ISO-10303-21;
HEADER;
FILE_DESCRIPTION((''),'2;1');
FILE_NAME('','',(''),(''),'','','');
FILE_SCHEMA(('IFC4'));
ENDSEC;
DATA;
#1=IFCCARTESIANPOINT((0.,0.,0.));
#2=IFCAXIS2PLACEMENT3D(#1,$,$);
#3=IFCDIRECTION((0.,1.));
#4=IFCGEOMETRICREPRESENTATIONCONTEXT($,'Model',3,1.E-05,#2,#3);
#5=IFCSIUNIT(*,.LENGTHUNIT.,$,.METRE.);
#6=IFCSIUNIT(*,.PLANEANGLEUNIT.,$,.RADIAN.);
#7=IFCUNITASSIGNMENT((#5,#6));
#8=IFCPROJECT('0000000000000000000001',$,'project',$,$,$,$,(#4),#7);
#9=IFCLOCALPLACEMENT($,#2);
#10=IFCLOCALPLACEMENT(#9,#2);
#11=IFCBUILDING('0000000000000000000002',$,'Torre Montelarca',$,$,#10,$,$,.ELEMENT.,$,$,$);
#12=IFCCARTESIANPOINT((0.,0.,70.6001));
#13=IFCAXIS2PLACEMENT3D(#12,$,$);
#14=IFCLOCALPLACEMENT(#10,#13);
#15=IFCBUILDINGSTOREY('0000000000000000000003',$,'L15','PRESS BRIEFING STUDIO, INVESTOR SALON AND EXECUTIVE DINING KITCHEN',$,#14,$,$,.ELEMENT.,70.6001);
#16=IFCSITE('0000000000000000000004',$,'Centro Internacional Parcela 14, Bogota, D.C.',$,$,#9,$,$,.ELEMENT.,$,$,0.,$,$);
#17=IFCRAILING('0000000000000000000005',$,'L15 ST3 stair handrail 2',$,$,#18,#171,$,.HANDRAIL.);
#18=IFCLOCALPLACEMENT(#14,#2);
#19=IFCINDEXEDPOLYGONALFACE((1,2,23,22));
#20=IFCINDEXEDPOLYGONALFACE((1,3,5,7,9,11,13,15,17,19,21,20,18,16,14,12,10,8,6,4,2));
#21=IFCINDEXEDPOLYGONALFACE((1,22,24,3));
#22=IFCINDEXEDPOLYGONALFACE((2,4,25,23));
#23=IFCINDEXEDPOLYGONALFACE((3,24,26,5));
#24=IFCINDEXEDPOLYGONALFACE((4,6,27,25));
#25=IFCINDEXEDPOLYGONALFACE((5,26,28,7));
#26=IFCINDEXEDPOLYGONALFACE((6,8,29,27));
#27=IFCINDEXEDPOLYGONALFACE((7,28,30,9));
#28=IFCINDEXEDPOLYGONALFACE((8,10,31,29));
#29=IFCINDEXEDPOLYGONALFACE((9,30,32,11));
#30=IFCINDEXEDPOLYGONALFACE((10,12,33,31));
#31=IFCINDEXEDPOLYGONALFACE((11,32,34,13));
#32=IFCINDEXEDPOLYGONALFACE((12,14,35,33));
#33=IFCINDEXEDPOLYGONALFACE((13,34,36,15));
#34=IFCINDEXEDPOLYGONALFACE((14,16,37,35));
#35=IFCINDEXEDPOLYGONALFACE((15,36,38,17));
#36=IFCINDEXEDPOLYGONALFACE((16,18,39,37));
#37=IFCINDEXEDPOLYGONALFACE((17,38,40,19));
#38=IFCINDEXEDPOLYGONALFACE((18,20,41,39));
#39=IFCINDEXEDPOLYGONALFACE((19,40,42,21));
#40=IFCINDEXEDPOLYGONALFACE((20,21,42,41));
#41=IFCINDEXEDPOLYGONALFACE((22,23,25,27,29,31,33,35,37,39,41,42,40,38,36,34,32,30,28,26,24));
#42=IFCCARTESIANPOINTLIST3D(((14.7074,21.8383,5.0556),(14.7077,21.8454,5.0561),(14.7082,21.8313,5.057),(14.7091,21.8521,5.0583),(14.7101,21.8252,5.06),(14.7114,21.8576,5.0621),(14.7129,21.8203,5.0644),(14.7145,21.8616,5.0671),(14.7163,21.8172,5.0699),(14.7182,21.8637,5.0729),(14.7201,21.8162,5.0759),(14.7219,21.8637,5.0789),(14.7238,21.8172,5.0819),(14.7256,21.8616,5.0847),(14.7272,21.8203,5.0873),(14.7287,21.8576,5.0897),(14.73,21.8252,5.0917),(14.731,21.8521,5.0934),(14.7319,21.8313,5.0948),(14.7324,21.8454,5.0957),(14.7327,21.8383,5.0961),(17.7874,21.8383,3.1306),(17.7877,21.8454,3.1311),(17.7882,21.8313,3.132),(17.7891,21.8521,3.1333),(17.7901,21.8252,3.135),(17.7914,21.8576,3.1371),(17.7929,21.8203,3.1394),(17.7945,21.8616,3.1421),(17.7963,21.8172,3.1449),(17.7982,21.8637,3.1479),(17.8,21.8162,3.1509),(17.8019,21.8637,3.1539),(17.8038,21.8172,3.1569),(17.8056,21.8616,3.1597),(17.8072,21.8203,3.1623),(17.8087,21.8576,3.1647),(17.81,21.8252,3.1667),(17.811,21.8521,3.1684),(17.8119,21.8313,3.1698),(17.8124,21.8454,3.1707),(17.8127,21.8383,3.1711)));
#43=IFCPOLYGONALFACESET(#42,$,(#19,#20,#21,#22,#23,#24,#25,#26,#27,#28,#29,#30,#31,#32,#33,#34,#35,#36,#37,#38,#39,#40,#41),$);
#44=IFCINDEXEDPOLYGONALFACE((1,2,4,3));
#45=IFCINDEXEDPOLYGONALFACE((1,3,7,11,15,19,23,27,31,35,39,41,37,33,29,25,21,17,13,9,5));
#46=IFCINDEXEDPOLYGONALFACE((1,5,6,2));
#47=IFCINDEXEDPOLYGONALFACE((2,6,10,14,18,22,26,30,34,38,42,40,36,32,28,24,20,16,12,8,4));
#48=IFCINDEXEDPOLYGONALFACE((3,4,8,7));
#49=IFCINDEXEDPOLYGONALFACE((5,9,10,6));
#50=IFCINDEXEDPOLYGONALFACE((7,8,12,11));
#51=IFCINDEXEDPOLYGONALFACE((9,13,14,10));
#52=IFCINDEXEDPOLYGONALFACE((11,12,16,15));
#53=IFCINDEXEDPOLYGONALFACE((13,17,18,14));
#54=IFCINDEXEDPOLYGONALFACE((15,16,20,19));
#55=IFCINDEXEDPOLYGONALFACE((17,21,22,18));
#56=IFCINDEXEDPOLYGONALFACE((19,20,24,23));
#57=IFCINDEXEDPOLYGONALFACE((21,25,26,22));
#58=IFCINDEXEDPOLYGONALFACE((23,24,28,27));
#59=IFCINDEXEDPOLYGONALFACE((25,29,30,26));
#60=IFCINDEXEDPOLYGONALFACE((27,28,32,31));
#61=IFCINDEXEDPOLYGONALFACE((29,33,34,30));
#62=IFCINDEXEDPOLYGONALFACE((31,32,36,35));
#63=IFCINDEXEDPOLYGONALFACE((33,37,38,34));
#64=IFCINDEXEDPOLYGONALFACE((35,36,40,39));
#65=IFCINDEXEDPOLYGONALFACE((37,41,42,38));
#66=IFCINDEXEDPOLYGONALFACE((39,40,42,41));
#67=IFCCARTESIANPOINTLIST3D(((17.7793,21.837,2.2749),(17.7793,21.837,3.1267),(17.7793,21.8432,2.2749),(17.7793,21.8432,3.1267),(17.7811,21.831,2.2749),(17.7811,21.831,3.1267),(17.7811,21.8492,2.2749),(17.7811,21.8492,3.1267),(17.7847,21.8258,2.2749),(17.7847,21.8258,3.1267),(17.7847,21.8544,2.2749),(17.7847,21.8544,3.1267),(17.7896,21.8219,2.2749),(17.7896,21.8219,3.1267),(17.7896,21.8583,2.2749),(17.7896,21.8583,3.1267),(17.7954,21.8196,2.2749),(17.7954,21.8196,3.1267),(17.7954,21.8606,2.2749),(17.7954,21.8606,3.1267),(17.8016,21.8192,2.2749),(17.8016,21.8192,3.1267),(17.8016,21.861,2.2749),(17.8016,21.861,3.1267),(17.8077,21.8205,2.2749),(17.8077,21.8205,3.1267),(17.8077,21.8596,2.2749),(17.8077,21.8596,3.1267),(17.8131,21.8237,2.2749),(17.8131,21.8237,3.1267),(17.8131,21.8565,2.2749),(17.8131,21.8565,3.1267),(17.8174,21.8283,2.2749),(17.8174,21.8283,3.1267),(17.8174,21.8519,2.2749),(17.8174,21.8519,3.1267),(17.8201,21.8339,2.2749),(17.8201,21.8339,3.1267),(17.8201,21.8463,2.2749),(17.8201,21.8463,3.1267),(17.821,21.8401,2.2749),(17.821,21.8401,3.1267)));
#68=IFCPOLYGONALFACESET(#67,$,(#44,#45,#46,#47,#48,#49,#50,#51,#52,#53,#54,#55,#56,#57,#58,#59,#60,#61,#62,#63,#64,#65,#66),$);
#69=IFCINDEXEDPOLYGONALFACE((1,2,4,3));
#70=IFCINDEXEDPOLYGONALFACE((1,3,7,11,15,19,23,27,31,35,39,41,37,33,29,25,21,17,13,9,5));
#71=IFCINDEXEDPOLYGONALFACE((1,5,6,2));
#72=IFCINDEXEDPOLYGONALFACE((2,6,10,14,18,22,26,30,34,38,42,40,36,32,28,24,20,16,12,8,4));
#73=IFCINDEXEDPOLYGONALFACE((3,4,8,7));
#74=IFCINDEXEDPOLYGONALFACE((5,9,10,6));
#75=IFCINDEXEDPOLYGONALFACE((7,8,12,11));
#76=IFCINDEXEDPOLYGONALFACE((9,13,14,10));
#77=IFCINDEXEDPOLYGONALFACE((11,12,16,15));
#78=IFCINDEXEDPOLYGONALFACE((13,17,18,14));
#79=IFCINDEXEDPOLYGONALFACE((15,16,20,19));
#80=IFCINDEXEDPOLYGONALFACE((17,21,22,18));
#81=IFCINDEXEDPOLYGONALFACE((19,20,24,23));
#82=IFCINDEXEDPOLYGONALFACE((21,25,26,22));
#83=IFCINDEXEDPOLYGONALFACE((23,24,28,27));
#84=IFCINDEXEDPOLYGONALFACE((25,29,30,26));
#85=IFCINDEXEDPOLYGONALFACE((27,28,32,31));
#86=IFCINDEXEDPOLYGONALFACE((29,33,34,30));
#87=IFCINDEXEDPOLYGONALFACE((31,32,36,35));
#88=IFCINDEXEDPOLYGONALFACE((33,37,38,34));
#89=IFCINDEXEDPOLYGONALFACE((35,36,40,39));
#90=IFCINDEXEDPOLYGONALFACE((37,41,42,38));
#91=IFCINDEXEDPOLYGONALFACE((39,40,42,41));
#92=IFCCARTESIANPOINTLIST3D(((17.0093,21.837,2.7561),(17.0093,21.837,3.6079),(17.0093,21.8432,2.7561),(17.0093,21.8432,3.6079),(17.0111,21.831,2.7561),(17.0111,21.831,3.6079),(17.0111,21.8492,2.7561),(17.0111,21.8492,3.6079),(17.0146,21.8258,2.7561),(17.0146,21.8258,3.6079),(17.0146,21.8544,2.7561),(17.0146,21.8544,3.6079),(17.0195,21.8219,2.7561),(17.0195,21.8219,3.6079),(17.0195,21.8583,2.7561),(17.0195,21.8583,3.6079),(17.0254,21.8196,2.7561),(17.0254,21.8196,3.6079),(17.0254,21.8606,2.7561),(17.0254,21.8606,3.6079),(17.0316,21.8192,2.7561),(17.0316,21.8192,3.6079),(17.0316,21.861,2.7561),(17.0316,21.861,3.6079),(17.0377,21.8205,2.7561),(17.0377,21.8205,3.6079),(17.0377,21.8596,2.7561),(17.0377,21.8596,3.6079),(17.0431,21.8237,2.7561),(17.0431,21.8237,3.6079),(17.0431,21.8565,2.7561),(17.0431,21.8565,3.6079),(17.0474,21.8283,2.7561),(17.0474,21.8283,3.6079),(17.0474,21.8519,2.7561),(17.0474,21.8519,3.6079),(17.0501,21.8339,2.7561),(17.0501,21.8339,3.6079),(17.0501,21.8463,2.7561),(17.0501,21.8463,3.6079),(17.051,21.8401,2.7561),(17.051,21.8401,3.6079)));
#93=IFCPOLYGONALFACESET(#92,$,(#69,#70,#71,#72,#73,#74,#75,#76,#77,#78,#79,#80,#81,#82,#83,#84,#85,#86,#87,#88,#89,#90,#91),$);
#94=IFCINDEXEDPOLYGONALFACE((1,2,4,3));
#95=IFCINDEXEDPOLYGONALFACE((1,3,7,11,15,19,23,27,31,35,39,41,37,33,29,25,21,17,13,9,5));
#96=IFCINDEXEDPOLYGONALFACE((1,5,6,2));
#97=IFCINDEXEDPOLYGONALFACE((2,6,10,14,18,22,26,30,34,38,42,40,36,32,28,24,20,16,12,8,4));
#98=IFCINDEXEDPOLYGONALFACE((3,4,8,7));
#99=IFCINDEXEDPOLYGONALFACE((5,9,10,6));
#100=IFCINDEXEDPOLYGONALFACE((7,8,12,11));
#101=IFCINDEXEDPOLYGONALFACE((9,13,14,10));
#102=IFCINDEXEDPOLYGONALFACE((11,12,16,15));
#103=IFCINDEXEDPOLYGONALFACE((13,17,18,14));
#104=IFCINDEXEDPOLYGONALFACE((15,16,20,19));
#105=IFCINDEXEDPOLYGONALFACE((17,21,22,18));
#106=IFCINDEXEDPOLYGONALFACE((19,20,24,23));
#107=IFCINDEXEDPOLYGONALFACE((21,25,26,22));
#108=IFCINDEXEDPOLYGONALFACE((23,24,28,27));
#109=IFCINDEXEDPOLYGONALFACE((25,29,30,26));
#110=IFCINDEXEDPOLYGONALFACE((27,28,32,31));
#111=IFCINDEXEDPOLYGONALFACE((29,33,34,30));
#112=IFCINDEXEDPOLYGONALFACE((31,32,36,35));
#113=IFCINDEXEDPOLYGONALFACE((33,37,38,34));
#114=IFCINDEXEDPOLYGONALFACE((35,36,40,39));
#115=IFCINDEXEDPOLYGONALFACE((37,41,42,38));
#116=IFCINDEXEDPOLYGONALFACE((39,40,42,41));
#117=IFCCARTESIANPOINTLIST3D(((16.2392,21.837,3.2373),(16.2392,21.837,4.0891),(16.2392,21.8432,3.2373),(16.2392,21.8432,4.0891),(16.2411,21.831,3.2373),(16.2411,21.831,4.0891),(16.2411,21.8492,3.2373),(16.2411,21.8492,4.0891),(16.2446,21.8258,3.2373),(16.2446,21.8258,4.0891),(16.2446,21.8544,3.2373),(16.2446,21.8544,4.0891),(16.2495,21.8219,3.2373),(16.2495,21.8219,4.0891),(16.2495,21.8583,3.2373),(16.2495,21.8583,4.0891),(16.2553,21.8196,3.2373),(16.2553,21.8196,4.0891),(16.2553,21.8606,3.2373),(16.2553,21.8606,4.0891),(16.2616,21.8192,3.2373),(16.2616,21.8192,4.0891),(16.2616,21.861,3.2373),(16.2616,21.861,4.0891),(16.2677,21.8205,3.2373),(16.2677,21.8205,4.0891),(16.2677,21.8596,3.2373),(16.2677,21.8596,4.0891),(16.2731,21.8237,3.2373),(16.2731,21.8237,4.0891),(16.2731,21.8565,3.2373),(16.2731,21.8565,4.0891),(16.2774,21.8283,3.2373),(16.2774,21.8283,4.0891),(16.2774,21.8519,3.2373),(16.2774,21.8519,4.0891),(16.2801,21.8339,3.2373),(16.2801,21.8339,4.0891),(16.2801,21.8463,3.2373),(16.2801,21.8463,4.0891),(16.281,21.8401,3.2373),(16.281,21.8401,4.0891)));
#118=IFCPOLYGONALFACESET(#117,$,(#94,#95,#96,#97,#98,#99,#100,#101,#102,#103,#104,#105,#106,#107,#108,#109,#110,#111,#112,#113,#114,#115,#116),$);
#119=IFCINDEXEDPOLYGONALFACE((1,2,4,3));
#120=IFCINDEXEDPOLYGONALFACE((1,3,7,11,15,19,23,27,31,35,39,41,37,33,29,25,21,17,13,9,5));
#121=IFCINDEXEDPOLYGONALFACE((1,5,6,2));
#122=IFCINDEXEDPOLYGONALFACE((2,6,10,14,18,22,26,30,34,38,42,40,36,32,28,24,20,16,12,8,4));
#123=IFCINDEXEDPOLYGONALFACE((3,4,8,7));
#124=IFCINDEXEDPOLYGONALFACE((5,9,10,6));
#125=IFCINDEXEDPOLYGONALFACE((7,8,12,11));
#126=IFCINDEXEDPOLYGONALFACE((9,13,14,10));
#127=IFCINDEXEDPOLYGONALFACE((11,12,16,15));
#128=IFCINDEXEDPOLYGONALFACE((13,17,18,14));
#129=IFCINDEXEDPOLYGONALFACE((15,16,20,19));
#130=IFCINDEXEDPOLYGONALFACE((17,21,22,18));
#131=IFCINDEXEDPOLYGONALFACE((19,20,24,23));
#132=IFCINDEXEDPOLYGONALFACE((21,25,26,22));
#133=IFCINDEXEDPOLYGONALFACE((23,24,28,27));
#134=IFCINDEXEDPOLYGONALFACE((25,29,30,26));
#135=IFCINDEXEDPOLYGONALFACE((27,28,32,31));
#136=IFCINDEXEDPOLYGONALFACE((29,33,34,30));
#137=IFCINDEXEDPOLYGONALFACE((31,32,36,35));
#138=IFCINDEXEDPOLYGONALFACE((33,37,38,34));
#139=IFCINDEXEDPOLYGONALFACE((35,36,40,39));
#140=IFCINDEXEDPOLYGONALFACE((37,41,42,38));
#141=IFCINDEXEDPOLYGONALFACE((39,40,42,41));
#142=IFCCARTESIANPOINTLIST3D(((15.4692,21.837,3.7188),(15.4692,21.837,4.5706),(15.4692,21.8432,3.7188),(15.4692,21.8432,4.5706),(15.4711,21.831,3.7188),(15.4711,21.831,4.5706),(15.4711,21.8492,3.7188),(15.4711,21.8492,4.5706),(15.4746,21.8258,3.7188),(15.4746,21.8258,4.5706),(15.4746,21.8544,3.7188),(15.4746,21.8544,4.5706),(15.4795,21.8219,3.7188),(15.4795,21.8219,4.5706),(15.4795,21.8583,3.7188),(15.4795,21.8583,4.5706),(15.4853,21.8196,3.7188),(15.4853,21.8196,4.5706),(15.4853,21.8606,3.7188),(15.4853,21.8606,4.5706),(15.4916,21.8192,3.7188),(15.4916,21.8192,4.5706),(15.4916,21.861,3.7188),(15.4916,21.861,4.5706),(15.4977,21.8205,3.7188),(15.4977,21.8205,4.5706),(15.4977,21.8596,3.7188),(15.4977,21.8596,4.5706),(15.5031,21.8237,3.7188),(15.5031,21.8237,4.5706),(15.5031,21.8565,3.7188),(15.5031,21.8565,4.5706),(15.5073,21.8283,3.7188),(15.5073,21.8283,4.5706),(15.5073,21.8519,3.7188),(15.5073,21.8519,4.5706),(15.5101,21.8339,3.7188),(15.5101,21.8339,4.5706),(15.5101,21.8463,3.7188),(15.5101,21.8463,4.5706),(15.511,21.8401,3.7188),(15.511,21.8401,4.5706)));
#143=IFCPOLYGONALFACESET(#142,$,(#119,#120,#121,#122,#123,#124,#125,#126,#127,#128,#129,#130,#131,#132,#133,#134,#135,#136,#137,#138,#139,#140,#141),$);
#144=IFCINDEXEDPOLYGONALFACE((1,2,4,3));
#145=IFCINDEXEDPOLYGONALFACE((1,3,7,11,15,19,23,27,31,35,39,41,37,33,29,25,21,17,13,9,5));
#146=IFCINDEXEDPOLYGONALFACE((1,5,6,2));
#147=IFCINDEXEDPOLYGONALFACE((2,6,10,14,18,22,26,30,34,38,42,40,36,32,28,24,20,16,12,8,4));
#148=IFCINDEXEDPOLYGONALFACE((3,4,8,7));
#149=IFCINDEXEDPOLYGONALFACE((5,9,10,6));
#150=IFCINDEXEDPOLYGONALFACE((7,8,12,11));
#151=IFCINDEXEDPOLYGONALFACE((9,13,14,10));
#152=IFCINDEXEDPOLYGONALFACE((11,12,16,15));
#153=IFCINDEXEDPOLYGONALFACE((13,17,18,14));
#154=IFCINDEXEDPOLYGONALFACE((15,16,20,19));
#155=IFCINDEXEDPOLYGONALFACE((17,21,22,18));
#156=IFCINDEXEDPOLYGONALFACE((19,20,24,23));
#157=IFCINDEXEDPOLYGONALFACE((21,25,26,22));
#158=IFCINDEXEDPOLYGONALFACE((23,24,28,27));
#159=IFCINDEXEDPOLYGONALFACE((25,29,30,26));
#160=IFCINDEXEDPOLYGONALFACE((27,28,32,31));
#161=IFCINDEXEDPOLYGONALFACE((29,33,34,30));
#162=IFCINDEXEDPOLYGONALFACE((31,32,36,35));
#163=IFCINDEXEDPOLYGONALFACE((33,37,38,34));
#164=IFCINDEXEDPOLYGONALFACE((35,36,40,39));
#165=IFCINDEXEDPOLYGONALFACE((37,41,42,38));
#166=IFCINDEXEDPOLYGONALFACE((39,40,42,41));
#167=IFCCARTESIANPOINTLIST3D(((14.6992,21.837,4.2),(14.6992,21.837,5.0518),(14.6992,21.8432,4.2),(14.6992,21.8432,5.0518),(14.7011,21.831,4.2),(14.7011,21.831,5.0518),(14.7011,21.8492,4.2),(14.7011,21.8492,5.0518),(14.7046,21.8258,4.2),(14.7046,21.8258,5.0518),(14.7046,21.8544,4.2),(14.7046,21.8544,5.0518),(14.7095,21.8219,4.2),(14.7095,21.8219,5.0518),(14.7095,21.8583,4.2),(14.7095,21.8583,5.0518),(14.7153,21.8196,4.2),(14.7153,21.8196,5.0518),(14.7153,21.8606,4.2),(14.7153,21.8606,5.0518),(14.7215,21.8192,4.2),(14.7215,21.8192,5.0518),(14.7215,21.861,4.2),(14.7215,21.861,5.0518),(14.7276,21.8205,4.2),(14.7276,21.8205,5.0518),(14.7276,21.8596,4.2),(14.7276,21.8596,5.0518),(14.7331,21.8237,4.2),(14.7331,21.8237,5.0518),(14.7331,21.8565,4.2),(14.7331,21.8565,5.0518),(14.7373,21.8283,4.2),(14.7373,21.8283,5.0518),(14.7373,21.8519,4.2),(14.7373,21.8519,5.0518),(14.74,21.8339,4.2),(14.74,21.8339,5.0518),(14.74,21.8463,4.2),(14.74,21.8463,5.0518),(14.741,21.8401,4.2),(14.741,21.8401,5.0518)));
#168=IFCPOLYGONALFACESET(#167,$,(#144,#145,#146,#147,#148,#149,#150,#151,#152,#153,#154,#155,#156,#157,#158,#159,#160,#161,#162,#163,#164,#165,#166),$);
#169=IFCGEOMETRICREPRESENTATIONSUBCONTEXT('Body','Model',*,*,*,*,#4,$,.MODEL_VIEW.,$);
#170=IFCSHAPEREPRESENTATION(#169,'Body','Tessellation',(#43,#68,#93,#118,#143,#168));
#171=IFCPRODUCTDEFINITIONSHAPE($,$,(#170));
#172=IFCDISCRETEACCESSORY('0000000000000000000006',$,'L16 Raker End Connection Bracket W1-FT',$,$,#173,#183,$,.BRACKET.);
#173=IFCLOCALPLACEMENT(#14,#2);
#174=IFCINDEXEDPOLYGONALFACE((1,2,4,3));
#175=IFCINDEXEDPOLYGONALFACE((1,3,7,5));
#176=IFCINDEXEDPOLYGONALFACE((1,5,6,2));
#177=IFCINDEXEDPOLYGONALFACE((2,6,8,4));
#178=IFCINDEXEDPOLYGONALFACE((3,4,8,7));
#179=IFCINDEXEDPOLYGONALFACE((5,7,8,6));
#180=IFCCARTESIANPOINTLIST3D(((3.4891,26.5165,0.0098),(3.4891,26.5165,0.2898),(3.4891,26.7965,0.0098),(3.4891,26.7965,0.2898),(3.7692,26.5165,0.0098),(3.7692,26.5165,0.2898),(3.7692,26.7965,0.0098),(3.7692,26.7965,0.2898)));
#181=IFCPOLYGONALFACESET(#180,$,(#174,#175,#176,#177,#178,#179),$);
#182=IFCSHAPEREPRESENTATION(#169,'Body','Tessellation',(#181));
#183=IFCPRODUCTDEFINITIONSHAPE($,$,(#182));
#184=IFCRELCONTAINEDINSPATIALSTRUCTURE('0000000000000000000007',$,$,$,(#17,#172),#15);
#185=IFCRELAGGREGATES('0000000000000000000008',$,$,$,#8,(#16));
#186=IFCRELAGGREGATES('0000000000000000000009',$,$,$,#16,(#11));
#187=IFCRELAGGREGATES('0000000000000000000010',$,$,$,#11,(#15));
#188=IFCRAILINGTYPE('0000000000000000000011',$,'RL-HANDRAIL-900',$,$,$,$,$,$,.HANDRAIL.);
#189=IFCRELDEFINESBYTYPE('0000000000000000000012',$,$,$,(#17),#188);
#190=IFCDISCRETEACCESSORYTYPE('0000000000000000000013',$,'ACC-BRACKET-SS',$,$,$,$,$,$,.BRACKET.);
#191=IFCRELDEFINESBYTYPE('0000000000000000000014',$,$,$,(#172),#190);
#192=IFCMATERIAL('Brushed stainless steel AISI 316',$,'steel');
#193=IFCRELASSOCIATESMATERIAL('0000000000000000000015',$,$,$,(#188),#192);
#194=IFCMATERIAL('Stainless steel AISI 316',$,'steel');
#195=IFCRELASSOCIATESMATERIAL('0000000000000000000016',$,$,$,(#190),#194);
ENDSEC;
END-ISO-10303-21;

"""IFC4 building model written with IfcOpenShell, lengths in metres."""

from ifc_helpers import new_model, si_unit, direction, frame, origin, origin_2d, place, context, subcontext, project, spatial, rectangle, circle, extrude, source, transform, mapped, material, type_object, element, save


model = new_model("IFC4")

# Units and contexts
model_context = context("Model", 3, precision=1e-05, world=origin(), true_north=direction((0.0, 1.0)))
body_context = subcontext(model_context, "Body", "Model", "MODEL_VIEW")
ifc_project = project(units=[si_unit("LENGTHUNIT", "METRE"), si_unit("PLANEANGLEUNIT", "RADIAN")], contexts=[model_context])

# Site, building, storey
site_placement = place(None, origin())
site = spatial("IfcSite", under=ifc_project, at=site_placement, Name="Centro Internacional Parcela 14, Bogota, D.C.", CompositionType="ELEMENT", RefElevation=0.0)
building_placement = place(site_placement, origin())
building = spatial("IfcBuilding", under=site, at=building_placement, Name="Torre Montelarca", CompositionType="ELEMENT")
storey_placement = place(building_placement, frame((0.0, 0.0, 70.6001)))
storey = spatial("IfcBuildingStorey", under=building, at=storey_placement, Name="L15", Description="PRESS BRIEFING STUDIO, INVESTOR SALON AND EXECUTIVE DINING KITCHEN", CompositionType="ELEMENT", Elevation=70.6001)

# Railing
ifc_material_1 = material(Name="Brushed stainless steel AISI 316", Category="steel")
railing_type_1 = type_object("IfcRailingType", Name="RL-HANDRAIL-900", PredefinedType="HANDRAIL", material=ifc_material_1)
railing_1_placement = place(storey_placement, frame((17.8, 21.8401, 2.2749)))
element("IfcRailing", 1, at=railing_1_placement, inside=storey, type_object=railing_type_1, Name="L15 ST3 stair handrail 2", PredefinedType="HANDRAIL", context=body_context, shape_type="SweptSolid", body=[
    extrude(circle(Radius=0.0239, at=origin_2d()), frame((0.0, 0.0, 0.876), z_axis=(-0.847998, 0.0, 0.529999), x_axis=(0.0, -1.0, 0.0)), (0.0, 0.0, 1.0), 3.6321),
    extrude(circle(Radius=0.021, at=origin_2d()), origin(), (0.0, 0.0, 1.0), 0.8518),
    extrude(circle(Radius=0.021, at=origin_2d()), frame((-0.77, 0.0, 0.4812)), (0.0, 0.0, 1.0), 0.8518),
    extrude(circle(Radius=0.021, at=origin_2d()), frame((-1.54, 0.0, 0.9624)), (0.0, 0.0, 1.0), 0.8518),
    extrude(circle(Radius=0.021, at=origin_2d()), frame((-2.3101, 0.0, 1.4438)), (0.0, 0.0, 1.0), 0.8518),
    extrude(circle(Radius=0.021, at=origin_2d()), frame((-3.0801, 0.0, 1.925)), (0.0, 0.0, 1.0), 0.8518),
])

# Discrete accessory
ifc_material_2 = material(Name="Stainless steel AISI 316", Category="steel")
discrete_accessory_type = type_object("IfcDiscreteAccessoryType", Name="ACC-BRACKET-SS", PredefinedType="BRACKET", material=ifc_material_2)
shared_shape_1 = source(origin(), body_context, "Body", "SweptSolid", [
    extrude(rectangle(XDim=0.28, YDim=0.28, at=origin_2d()), origin(), (0.0, 0.0, 1.0), 0.28),
])
discrete_accessory_placement = place(storey_placement, frame((3.6292, 26.6565, 0.0098), z_axis=(0.0, 0.0, 1.0), x_axis=(1.0, 0.0, 0.0)))
element("IfcDiscreteAccessory", 2, at=discrete_accessory_placement, inside=storey, type_object=discrete_accessory_type, Name="L16 Raker End Connection Bracket W1-FT", PredefinedType="BRACKET", context=body_context, shape_type="MappedRepresentation", body=[
    mapped(shared_shape_1, transform((0.0, 0.0, 0.0), scale=1.0)),
])

save(model, "model.ifc")
